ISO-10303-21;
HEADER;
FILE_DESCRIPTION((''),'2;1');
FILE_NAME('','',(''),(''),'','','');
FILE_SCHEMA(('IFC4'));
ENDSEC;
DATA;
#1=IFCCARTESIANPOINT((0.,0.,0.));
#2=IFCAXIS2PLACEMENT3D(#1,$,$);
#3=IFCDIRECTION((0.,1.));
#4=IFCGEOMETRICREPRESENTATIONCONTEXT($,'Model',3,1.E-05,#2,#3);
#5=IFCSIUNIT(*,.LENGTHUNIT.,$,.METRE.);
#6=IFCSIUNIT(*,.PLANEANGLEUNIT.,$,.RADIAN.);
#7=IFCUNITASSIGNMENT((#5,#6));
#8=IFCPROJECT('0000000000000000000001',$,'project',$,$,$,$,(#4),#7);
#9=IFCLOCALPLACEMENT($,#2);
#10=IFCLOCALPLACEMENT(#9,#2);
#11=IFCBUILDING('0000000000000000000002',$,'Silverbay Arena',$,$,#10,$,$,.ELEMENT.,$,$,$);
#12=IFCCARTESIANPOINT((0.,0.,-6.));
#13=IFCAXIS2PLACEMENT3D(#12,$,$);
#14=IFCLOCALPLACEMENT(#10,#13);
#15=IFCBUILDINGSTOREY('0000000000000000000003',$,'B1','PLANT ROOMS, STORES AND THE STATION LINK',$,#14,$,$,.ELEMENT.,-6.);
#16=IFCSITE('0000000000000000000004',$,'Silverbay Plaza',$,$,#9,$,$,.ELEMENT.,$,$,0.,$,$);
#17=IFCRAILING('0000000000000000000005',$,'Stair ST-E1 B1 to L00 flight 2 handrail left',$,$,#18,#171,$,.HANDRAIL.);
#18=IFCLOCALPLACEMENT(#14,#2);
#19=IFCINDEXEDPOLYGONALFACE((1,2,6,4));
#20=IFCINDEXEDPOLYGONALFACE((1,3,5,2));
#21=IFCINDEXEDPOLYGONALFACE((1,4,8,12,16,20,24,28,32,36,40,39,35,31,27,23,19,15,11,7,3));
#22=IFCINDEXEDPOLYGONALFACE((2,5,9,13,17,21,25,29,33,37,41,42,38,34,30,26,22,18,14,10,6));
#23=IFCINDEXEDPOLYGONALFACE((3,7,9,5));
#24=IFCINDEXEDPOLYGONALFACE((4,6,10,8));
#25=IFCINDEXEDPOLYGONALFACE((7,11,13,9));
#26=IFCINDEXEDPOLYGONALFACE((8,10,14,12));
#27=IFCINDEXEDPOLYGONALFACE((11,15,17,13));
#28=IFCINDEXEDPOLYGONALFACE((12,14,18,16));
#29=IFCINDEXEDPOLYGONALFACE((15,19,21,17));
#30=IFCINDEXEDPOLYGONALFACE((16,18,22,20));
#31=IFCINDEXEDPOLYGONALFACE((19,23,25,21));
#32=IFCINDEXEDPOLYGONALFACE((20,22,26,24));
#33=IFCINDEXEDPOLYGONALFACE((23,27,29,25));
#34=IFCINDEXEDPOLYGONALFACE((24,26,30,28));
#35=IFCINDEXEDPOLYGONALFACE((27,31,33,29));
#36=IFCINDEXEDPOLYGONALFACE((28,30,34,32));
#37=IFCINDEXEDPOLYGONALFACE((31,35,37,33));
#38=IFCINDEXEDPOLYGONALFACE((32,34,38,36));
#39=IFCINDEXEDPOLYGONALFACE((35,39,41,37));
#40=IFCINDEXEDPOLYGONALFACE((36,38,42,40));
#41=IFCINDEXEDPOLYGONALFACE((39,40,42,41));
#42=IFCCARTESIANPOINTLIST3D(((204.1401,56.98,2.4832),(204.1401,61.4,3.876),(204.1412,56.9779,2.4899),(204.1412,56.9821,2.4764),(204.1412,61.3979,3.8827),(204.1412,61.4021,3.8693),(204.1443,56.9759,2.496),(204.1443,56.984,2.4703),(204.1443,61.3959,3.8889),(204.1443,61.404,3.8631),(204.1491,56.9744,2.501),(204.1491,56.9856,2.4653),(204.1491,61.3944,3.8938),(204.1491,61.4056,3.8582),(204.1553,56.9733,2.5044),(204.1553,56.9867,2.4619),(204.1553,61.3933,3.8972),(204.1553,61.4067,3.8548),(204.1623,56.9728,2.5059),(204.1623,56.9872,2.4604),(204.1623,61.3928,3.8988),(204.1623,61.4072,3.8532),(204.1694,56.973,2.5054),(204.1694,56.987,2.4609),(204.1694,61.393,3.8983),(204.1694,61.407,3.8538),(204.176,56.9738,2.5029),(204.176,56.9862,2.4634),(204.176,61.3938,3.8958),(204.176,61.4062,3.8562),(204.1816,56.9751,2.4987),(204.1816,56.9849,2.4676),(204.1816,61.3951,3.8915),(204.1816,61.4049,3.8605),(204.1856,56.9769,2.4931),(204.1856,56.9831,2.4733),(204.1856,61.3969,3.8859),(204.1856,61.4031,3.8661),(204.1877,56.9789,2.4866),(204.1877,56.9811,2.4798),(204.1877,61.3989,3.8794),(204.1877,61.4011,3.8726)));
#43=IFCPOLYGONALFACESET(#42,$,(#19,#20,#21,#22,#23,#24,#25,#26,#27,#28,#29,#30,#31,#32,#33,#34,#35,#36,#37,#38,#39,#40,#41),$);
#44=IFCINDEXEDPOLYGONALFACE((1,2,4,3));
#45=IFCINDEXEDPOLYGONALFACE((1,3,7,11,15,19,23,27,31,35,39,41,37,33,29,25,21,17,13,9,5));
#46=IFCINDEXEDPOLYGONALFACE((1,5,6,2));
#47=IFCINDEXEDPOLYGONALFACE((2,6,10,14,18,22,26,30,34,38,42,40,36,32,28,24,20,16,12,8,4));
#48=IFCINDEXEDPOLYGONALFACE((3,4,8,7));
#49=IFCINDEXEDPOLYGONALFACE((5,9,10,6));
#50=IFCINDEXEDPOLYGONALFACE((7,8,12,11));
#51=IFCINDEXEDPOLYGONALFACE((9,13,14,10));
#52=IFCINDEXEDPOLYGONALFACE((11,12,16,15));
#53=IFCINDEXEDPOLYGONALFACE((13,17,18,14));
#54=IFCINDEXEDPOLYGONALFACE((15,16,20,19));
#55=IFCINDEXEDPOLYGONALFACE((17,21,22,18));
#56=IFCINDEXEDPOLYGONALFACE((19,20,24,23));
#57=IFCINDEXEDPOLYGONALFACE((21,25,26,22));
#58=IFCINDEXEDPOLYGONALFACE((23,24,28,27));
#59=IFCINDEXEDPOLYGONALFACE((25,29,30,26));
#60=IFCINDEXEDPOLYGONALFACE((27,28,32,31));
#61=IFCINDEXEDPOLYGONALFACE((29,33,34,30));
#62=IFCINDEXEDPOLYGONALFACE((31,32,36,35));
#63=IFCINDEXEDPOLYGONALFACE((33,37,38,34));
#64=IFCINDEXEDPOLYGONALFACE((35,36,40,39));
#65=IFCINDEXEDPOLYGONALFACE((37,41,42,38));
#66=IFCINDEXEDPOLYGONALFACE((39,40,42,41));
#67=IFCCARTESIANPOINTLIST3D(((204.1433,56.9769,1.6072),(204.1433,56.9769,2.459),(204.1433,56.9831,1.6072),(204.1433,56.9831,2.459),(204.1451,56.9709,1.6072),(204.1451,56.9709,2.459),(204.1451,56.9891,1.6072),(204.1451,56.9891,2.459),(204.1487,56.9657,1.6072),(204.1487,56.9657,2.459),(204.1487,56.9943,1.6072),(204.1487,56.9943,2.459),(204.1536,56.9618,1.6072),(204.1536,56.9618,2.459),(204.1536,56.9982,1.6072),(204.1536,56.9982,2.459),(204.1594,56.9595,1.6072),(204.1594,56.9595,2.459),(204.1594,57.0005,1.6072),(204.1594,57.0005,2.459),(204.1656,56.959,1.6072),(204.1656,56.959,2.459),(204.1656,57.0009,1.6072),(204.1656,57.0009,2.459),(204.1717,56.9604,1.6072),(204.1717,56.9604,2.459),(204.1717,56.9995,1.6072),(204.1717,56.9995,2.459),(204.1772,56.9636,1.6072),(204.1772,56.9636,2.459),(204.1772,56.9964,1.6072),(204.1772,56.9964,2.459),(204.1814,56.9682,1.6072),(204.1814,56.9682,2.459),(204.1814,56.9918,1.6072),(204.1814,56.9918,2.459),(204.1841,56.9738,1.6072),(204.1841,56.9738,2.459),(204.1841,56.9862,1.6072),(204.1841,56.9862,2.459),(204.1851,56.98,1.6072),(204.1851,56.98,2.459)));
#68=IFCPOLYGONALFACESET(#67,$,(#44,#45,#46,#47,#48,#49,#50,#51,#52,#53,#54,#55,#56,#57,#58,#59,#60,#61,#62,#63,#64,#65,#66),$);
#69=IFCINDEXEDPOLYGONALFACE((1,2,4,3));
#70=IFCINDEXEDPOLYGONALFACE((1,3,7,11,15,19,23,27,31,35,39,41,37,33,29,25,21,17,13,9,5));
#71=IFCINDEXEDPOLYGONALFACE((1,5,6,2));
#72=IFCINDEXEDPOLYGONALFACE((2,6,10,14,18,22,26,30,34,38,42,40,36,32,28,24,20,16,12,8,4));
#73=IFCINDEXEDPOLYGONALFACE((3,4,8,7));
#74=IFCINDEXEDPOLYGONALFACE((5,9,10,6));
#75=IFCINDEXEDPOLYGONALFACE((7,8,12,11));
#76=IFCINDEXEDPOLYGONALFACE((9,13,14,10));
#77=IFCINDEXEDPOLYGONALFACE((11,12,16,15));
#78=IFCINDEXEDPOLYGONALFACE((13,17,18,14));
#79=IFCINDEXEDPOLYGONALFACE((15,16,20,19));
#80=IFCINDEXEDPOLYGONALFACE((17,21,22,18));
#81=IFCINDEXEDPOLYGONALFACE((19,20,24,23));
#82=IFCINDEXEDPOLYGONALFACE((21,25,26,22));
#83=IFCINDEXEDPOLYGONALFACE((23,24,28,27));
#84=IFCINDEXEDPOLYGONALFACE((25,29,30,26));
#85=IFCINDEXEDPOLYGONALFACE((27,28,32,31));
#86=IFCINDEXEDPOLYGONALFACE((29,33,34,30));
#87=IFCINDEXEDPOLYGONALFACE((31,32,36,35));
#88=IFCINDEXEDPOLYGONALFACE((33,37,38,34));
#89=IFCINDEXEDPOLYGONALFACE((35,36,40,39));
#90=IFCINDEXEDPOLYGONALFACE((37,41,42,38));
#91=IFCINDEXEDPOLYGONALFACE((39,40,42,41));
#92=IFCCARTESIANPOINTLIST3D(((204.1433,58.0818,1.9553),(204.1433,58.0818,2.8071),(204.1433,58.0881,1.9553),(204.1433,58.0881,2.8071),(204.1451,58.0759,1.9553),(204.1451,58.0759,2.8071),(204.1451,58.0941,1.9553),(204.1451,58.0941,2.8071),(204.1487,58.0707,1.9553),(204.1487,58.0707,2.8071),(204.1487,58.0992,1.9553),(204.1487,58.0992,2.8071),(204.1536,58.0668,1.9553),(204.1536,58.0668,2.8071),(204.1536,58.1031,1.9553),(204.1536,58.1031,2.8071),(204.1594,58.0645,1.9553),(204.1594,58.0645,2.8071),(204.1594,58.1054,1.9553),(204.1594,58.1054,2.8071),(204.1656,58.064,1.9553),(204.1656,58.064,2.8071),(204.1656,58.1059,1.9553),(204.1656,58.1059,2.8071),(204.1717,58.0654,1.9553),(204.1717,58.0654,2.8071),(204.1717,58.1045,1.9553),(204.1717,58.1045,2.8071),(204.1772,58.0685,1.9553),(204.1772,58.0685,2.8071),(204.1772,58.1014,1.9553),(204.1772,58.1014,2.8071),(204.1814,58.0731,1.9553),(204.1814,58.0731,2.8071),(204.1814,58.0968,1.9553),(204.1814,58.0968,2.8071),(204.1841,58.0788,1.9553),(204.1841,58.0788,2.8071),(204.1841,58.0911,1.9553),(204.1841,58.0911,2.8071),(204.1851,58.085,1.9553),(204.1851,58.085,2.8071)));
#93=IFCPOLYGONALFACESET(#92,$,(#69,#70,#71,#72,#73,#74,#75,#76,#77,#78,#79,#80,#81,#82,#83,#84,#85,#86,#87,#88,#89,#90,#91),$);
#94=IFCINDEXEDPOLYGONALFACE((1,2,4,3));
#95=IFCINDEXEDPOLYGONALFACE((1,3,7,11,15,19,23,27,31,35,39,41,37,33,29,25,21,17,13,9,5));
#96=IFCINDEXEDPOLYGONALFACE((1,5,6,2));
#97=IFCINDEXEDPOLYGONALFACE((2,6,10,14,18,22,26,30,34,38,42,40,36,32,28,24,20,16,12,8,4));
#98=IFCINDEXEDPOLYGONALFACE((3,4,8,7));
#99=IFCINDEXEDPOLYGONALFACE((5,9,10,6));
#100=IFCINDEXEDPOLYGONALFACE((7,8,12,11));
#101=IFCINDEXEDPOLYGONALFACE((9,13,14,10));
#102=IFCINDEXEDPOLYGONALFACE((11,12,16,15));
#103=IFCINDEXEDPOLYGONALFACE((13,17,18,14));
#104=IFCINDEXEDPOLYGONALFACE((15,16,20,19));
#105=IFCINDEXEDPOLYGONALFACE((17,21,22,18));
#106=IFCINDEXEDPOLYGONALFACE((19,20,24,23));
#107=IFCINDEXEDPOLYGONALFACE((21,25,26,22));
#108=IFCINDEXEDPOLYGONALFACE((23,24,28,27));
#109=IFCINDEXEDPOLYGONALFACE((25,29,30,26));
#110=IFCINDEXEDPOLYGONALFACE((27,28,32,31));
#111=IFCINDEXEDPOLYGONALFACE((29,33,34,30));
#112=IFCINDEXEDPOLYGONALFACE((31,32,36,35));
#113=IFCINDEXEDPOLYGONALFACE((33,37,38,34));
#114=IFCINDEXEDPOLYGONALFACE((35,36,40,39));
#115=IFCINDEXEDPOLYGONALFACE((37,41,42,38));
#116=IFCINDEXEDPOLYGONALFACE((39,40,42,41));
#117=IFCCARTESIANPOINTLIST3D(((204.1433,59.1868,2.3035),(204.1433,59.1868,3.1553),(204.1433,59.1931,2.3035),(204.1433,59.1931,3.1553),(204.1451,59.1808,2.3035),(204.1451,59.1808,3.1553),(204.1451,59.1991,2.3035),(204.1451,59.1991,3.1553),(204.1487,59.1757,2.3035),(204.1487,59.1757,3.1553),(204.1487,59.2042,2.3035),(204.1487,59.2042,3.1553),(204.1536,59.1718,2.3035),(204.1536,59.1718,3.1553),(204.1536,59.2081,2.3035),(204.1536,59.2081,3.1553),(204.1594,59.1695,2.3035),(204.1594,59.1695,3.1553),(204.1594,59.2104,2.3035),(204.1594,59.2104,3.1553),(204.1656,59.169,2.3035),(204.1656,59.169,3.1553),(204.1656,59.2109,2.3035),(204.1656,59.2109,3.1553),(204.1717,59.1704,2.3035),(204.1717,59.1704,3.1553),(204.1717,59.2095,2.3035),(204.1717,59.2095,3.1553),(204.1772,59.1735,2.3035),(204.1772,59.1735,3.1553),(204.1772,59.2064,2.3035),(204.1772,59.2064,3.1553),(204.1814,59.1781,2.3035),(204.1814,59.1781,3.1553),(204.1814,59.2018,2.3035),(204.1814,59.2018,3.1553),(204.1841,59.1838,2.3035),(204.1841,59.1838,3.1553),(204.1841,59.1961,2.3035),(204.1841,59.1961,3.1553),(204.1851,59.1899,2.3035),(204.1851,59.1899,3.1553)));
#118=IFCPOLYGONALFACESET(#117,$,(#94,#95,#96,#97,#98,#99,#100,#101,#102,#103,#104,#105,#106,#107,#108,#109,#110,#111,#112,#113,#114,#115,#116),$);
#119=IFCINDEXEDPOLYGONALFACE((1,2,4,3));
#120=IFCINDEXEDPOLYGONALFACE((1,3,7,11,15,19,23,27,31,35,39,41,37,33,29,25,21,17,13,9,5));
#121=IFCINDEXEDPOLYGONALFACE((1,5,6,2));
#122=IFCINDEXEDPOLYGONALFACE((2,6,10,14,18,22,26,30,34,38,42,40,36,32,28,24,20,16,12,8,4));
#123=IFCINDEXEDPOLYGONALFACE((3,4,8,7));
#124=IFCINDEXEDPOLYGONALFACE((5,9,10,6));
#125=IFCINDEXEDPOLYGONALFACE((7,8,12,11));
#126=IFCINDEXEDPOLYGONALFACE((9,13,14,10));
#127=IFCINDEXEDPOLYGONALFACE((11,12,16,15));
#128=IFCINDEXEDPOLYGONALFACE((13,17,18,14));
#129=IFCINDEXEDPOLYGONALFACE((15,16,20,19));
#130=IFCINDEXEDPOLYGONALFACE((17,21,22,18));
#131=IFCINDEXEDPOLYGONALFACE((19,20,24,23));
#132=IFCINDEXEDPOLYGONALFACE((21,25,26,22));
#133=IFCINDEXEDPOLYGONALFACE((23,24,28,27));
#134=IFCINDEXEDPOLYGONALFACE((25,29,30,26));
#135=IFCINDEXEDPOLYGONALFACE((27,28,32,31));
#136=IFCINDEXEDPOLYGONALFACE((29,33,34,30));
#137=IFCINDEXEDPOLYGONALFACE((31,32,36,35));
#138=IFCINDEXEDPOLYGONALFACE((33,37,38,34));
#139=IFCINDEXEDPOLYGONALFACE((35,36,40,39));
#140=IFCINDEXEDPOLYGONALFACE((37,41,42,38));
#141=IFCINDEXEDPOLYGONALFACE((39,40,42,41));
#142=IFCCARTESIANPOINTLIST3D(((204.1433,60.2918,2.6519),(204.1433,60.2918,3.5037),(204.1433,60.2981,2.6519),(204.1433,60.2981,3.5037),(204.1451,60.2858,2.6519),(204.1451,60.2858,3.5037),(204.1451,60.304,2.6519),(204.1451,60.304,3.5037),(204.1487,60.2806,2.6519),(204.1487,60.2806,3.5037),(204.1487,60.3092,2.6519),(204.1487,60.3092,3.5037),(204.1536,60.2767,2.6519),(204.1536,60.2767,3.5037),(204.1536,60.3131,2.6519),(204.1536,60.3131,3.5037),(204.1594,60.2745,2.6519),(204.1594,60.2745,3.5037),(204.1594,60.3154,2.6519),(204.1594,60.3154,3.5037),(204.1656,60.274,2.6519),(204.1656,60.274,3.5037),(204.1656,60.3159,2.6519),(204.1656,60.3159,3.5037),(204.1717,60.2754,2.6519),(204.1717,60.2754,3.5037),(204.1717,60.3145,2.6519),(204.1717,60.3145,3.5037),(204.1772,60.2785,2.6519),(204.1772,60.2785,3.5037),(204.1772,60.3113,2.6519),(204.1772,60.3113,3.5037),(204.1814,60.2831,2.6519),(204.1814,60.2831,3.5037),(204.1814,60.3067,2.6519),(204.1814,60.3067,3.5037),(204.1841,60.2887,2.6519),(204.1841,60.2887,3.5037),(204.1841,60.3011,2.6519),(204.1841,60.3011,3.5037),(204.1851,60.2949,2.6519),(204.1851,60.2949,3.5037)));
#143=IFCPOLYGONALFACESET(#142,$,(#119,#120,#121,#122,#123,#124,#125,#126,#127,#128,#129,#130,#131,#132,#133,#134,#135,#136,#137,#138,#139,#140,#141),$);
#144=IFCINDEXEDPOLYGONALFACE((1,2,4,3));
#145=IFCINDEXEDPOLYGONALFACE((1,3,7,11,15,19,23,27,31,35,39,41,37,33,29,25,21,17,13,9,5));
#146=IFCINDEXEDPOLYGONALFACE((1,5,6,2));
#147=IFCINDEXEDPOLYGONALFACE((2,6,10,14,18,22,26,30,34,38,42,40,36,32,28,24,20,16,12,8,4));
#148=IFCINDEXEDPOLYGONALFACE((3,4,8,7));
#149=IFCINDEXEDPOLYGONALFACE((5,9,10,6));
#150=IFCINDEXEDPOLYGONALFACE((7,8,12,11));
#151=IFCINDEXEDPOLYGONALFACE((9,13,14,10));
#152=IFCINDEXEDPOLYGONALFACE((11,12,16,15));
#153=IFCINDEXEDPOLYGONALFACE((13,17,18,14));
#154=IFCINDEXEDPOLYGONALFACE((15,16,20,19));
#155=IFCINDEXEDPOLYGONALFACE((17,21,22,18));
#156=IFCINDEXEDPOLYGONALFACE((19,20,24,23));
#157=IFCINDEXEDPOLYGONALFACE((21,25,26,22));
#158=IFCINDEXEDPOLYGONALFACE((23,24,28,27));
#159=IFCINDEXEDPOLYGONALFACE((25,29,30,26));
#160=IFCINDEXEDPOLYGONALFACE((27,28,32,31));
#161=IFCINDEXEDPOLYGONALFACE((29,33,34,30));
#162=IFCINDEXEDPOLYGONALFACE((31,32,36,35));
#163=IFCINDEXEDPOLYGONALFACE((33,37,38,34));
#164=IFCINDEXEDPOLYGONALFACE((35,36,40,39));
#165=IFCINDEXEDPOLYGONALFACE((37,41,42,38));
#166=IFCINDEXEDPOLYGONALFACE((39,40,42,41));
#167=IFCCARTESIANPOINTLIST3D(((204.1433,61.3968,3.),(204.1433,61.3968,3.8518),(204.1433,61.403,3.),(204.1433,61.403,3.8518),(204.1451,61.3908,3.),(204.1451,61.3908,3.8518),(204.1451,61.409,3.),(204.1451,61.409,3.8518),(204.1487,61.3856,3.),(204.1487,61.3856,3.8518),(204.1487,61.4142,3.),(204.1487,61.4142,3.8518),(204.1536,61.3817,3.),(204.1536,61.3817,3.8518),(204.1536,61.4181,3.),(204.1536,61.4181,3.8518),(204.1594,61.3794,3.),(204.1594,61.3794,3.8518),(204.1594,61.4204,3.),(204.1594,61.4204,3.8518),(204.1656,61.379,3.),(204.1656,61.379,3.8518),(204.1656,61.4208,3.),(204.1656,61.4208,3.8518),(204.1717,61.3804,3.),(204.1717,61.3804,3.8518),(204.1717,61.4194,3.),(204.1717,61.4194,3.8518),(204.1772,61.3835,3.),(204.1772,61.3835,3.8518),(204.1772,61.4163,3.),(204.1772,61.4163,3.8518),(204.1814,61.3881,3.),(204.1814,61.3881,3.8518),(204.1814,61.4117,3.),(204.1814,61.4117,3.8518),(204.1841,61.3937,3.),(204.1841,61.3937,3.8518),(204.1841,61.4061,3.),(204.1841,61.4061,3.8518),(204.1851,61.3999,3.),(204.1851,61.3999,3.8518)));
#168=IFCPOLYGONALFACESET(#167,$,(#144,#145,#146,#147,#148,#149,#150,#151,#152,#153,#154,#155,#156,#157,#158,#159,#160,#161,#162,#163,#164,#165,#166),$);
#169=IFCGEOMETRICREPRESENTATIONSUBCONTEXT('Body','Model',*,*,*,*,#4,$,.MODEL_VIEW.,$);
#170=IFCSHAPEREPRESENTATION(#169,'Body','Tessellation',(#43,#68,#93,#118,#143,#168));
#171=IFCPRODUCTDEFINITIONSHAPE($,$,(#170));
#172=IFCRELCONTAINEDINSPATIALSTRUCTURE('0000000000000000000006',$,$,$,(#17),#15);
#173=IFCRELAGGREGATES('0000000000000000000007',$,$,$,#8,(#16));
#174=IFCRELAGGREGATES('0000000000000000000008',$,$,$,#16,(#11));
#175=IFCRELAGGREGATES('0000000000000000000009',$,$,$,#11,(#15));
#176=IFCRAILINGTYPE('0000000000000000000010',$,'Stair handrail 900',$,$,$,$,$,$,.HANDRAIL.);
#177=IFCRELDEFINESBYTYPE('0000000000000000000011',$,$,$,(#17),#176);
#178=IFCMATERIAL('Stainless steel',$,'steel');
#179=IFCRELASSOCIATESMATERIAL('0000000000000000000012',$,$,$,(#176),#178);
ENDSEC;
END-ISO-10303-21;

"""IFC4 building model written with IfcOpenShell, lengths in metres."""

from ifc_helpers import new_model, si_unit, direction, frame, origin, origin_2d, place, context, subcontext, project, spatial, circle, extrude, material, type_object, element, save


model = new_model("IFC4")

# Units and contexts
model_context = context("Model", 3, precision=1e-05, world=origin(), true_north=direction((0.0, 1.0)))
body_context = subcontext(model_context, "Body", "Model", "MODEL_VIEW")
ifc_project = project(units=[si_unit("LENGTHUNIT", "METRE"), si_unit("PLANEANGLEUNIT", "RADIAN")], contexts=[model_context])

# Site, building, storey
site_placement = place(None, origin())
site = spatial("IfcSite", under=ifc_project, at=site_placement, Name="Silverbay Plaza", CompositionType="ELEMENT", RefElevation=0.0)
building_placement = place(site_placement, origin())
building = spatial("IfcBuilding", under=site, at=building_placement, Name="Silverbay Arena", CompositionType="ELEMENT")
storey_placement = place(building_placement, frame((0.0, 0.0, -6.0)))
storey = spatial("IfcBuildingStorey", under=building, at=storey_placement, Name="B1", Description="PLANT ROOMS, STORES AND THE STATION LINK", CompositionType="ELEMENT", Elevation=-6.0)

# Railing
ifc_material_1 = material(Name="Stainless steel", Category="steel")
railing_type_1 = type_object("IfcRailingType", Name="Stair handrail 900", PredefinedType="HANDRAIL", material=ifc_material_1)
for number, where, name in (
    (1, (204.1641, 56.98, 1.6072), "Stair ST-E1 B1 to L00 flight 2 handrail left"),
):
    element("IfcRailing", number, at=place(storey_placement, frame(where)), inside=storey, type_object=railing_type_1, Name=name, PredefinedType="HANDRAIL", context=body_context, shape_type="SweptSolid", body=[
        extrude(circle(Radius=0.0239, at=origin_2d()), frame((0.0, 0.0, 0.876), z_axis=(0.0, 0.953765, 0.300554), x_axis=(-1.0, 0.0, 0.0)), (0.0, 0.0, 1.0), 4.6343),
        extrude(circle(Radius=0.021, at=origin_2d()), origin(), (0.0, 0.0, 1.0), 0.8518),
        extrude(circle(Radius=0.021, at=origin_2d()), frame((0.0, 1.105, 0.3481)), (0.0, 0.0, 1.0), 0.8518),
        extrude(circle(Radius=0.021, at=origin_2d()), frame((0.0, 2.21, 0.6963)), (0.0, 0.0, 1.0), 0.8518),
        extrude(circle(Radius=0.021, at=origin_2d()), frame((0.0, 3.3149, 1.0447)), (0.0, 0.0, 1.0), 0.8518),
        extrude(circle(Radius=0.021, at=origin_2d()), frame((0.0, 4.4199, 1.3928)), (0.0, 0.0, 1.0), 0.8518),
    ])

save(model, "model.ifc")
